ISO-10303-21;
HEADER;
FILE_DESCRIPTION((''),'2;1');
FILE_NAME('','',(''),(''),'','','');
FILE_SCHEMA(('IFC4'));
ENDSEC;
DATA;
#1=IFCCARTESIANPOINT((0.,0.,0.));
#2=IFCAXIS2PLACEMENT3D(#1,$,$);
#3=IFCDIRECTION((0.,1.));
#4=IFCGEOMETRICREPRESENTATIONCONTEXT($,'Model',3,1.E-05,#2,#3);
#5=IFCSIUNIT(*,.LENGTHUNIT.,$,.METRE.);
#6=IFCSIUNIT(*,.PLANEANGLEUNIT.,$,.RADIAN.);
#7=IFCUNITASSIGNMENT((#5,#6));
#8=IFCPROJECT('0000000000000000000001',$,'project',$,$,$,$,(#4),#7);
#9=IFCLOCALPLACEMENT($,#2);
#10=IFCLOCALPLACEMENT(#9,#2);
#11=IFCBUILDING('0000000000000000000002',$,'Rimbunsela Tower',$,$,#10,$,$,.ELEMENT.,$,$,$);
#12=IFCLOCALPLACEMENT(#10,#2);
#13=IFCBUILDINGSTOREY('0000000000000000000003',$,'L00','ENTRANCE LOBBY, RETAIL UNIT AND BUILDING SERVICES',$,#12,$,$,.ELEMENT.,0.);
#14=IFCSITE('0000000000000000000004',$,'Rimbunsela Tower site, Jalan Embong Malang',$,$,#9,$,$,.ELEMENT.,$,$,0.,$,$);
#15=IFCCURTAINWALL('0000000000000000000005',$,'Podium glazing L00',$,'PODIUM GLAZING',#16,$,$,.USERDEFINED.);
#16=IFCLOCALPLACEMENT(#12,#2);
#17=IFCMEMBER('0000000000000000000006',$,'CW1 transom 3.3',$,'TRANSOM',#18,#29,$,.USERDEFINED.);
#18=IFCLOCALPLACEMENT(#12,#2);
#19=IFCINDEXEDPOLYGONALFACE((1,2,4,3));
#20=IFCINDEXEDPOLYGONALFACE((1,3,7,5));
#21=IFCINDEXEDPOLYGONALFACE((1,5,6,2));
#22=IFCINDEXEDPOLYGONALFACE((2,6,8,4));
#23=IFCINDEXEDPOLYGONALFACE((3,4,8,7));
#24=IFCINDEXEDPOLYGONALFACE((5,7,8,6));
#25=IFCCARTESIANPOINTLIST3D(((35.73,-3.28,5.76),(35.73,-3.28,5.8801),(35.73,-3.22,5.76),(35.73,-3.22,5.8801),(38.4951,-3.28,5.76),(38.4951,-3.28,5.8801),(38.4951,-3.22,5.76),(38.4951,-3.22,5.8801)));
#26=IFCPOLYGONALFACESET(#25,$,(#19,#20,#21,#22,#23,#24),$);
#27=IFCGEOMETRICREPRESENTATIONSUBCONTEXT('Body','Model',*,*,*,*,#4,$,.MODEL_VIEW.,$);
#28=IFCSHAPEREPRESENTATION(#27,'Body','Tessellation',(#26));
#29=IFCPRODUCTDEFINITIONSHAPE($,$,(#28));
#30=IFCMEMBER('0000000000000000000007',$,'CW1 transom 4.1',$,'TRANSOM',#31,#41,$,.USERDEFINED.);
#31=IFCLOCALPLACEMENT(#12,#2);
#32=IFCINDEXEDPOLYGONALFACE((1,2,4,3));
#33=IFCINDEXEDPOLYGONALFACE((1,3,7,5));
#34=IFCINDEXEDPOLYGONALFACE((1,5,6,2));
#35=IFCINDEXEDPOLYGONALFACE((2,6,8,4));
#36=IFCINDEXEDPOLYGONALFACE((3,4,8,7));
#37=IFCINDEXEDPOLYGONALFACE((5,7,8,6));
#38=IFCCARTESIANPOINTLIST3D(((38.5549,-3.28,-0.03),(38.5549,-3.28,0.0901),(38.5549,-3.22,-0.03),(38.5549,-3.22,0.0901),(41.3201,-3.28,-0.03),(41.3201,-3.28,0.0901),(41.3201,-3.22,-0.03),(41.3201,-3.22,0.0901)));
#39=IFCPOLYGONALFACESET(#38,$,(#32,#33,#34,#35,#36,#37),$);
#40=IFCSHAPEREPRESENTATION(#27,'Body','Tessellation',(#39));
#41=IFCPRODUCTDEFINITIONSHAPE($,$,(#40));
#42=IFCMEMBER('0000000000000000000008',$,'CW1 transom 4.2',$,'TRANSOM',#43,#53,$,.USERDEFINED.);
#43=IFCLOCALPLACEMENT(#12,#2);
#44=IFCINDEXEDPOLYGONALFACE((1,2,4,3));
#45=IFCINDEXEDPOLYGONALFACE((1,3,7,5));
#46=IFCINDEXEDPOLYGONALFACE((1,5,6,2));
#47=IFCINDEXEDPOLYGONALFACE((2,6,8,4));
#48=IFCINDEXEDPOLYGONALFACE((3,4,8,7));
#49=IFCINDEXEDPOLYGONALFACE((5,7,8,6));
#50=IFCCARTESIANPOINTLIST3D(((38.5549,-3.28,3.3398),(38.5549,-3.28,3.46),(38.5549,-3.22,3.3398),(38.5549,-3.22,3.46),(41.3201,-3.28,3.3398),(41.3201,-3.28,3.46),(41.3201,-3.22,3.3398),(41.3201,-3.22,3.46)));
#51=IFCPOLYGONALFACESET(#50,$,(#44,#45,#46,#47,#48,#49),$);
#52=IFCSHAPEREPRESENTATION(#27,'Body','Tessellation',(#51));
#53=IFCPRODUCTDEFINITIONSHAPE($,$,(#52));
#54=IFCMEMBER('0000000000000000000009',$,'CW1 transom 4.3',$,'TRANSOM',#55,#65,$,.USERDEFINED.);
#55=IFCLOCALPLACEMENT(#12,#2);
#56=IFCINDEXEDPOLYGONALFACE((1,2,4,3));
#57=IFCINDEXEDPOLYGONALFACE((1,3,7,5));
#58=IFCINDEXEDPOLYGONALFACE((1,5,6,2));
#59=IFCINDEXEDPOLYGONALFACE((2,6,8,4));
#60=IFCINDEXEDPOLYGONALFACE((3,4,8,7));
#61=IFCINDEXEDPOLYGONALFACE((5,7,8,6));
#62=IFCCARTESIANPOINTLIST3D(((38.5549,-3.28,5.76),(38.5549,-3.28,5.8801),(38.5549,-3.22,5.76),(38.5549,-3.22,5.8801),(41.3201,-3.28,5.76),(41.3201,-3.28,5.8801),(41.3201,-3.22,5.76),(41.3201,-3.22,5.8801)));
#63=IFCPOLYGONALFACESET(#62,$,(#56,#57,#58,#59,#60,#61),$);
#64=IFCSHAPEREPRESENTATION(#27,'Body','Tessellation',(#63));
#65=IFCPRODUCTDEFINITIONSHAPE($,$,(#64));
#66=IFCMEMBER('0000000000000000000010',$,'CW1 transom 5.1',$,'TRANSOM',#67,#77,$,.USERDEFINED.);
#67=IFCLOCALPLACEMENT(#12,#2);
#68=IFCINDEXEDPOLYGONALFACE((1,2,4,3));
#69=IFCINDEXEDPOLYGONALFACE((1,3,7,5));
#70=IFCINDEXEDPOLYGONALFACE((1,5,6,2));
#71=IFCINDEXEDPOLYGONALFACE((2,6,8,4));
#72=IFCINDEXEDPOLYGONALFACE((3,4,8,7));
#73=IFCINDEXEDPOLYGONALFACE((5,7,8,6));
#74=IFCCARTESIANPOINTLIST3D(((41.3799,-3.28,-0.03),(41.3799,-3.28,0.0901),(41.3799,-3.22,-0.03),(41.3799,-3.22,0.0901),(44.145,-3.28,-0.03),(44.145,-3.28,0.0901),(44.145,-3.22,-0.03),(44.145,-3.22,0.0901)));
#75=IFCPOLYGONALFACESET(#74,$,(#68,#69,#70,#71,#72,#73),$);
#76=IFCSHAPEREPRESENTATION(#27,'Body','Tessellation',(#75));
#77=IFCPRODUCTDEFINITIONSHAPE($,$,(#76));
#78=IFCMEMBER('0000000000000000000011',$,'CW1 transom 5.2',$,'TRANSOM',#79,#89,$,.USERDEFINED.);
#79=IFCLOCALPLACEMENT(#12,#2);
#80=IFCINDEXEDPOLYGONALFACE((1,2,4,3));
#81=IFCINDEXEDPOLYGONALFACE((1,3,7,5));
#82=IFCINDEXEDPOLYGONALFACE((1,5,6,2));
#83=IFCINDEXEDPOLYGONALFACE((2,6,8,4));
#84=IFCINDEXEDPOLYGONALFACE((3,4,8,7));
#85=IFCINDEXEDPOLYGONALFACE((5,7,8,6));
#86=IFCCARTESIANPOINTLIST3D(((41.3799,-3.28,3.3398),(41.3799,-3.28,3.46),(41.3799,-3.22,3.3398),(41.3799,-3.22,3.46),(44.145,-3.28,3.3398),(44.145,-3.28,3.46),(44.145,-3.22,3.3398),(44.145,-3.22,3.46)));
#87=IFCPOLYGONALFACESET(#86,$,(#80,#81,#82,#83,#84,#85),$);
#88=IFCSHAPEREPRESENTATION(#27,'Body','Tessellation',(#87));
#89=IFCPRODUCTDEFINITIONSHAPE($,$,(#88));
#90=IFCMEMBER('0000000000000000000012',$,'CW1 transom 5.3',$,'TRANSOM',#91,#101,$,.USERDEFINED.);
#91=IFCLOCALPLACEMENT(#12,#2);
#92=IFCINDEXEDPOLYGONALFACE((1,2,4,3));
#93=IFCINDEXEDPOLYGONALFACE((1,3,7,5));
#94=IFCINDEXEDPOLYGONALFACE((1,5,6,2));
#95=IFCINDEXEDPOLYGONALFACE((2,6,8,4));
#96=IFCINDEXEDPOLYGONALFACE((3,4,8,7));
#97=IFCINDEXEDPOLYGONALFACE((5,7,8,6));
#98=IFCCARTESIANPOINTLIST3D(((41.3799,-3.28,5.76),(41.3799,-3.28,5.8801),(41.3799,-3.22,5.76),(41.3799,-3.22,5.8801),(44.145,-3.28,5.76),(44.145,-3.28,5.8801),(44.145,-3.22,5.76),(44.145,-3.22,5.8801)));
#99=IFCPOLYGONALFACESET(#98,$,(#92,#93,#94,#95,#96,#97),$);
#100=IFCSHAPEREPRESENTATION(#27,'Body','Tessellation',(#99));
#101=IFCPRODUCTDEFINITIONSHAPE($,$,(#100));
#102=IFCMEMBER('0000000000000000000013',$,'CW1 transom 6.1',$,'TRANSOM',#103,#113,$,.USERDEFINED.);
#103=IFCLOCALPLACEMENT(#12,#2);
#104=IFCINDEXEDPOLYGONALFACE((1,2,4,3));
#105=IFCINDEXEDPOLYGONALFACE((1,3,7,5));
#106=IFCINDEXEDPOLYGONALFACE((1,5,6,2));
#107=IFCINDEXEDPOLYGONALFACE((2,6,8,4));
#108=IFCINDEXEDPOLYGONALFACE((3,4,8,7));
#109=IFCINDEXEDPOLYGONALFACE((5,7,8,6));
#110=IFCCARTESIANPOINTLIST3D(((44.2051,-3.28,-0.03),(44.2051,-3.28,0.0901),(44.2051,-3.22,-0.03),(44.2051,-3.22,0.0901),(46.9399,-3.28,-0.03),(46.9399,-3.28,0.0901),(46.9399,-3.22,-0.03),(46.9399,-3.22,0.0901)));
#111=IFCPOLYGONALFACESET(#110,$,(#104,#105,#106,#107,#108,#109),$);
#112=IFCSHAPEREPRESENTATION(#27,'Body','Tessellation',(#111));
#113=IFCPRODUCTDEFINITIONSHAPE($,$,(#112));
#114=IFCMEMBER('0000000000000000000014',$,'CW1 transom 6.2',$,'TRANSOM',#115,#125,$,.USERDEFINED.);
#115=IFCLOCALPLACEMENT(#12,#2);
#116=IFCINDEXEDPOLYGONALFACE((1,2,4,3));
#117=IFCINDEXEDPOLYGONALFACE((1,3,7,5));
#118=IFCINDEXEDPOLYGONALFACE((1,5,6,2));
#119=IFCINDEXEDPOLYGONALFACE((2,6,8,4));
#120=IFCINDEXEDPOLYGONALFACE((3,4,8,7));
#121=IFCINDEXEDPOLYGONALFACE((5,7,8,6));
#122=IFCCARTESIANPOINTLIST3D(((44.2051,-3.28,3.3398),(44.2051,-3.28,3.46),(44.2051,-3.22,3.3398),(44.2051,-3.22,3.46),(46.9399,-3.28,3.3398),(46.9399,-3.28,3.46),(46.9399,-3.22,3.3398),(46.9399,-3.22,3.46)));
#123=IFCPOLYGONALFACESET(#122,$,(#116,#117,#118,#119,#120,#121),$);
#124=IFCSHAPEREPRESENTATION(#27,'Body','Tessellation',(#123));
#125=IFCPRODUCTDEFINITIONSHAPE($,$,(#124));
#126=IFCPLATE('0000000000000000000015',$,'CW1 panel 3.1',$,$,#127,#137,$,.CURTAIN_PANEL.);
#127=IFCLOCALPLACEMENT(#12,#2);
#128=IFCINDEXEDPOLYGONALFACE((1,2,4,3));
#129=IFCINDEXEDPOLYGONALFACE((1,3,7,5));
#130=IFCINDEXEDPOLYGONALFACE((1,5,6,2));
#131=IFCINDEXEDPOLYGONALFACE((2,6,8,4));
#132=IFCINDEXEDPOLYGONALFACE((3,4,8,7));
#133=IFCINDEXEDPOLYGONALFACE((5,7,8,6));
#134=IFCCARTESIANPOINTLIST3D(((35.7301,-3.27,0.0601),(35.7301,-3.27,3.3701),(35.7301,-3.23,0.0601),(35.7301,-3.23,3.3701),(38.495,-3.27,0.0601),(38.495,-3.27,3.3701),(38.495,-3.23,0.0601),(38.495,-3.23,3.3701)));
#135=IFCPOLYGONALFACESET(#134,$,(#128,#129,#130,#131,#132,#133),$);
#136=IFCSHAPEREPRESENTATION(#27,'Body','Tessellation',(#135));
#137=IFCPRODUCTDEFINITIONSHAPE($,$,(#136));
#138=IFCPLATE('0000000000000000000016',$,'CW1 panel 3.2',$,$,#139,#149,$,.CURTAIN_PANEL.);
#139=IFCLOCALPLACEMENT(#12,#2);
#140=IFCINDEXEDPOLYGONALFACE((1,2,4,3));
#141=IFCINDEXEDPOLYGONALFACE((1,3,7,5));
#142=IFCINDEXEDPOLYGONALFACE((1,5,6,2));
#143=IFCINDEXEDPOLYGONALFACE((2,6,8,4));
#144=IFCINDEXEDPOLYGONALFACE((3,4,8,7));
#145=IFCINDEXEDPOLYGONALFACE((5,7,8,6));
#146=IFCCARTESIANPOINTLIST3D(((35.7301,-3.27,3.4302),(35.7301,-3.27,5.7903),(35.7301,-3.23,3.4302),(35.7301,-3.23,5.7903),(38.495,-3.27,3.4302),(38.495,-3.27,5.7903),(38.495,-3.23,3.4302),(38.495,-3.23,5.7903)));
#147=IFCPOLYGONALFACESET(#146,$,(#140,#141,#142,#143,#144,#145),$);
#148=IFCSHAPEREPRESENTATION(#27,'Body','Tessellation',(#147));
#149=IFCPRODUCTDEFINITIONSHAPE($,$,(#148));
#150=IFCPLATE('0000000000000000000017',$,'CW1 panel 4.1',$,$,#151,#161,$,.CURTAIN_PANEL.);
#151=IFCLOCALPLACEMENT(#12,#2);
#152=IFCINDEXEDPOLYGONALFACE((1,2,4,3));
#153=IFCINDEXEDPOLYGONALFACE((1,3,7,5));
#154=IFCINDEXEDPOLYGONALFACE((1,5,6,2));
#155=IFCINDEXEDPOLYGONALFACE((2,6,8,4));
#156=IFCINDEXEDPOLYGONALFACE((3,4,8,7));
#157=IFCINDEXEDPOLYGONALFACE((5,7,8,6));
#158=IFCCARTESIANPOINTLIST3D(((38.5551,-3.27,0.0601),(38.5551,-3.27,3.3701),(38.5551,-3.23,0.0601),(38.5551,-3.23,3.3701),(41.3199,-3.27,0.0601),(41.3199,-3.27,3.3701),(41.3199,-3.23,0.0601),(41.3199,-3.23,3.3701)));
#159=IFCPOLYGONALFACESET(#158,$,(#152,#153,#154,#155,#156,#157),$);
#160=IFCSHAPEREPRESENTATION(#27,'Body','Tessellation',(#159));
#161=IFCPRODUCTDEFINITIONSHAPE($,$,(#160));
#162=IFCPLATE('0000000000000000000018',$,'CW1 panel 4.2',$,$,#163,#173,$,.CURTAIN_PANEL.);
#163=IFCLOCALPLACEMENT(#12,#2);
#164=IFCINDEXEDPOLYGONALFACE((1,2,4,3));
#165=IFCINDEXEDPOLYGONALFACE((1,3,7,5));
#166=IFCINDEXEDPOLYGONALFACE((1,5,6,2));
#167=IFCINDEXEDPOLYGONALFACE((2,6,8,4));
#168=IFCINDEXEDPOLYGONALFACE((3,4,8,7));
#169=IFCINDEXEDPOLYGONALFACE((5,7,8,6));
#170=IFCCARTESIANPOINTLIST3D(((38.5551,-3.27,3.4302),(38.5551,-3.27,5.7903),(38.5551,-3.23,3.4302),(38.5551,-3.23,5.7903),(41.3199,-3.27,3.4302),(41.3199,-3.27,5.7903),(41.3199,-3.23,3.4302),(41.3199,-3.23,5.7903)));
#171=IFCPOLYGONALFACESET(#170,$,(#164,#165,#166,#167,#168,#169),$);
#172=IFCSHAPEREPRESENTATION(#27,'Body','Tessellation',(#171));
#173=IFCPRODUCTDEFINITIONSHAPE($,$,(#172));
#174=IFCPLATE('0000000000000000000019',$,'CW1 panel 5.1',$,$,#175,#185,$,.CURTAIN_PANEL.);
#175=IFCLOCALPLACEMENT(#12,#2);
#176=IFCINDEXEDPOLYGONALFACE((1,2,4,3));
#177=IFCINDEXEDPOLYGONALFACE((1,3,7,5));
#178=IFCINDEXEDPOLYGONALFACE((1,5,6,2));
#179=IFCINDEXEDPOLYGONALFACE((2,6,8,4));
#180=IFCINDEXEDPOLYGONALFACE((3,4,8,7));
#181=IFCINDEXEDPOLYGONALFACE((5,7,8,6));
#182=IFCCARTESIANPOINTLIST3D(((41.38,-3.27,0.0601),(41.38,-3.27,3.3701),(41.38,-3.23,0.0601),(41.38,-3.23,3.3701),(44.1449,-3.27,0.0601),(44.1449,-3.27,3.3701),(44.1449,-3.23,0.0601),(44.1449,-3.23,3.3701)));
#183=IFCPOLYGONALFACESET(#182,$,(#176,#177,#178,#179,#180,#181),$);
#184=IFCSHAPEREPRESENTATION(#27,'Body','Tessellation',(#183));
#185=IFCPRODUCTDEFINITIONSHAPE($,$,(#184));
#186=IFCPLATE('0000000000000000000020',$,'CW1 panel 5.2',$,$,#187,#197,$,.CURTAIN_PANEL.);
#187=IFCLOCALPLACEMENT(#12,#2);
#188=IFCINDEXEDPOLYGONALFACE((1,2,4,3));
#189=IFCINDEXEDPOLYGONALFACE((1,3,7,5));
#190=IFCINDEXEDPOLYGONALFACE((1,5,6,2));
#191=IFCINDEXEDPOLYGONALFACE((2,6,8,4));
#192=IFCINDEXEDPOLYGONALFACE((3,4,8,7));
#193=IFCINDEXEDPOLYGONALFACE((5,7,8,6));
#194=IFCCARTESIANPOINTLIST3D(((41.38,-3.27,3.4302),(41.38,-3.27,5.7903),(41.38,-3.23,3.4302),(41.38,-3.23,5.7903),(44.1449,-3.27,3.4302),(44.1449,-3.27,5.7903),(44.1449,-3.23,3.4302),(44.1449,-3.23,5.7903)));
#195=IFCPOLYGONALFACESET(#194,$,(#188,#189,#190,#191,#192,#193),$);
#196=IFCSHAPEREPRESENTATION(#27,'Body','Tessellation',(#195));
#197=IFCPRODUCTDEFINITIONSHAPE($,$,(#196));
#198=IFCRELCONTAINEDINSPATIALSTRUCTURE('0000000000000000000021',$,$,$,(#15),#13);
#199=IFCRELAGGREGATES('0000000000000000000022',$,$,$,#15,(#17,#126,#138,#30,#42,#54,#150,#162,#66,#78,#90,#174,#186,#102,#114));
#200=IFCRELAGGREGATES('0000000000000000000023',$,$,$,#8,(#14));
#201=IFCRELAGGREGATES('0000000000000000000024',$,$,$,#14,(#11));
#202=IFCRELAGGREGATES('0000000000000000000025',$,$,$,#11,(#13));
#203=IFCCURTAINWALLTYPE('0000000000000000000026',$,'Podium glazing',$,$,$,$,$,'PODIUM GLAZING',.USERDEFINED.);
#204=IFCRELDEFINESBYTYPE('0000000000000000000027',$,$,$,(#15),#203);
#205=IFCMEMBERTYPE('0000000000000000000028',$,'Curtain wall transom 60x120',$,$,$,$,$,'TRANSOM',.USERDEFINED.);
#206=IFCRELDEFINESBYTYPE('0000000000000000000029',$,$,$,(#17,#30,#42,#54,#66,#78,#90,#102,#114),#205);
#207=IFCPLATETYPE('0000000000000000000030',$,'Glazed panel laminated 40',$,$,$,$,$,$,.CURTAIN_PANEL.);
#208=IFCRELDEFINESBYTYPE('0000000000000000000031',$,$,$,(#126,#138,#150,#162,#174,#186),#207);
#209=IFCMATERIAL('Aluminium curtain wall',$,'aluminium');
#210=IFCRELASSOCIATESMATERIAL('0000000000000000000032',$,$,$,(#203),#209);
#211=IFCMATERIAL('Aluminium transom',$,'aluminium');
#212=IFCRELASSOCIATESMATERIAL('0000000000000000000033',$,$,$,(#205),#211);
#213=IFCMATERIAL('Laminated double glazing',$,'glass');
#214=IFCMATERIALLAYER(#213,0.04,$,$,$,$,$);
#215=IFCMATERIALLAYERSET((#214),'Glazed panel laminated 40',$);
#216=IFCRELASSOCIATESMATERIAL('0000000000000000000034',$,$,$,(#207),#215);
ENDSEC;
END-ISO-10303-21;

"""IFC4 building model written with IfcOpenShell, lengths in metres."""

from ifc_helpers import new_model, si_unit, direction, frame, origin, origin_2d, place, context, subcontext, project, spatial, rectangle, extrude, material, layer, layer_set, material_profile, profile_set, type_object, element, aggregate, save


model = new_model("IFC4")

# Units and contexts
model_context = context("Model", 3, precision=1e-05, world=origin(), true_north=direction((0.0, 1.0)))
body_context = subcontext(model_context, "Body", "Model", "MODEL_VIEW")
ifc_project = project(units=[si_unit("LENGTHUNIT", "METRE"), si_unit("PLANEANGLEUNIT", "RADIAN")], contexts=[model_context])

# Site, building, storey
site_placement = place(None, origin())
site = spatial("IfcSite", under=ifc_project, at=site_placement, Name="Rimbunsela Tower site, Jalan Embong Malang", CompositionType="ELEMENT", RefElevation=0.0)
building_placement = place(site_placement, origin())
building = spatial("IfcBuilding", under=site, at=building_placement, Name="Rimbunsela Tower", CompositionType="ELEMENT")
storey_placement = place(building_placement, origin())
storey = spatial("IfcBuildingStorey", under=building, at=storey_placement, Name="L00", Description="ENTRANCE LOBBY, RETAIL UNIT AND BUILDING SERVICES", CompositionType="ELEMENT", Elevation=0.0)

# Curtain wall, members, plates
ifc_material_1 = material(Name="Aluminium curtain wall", Category="aluminium")
curtain_wall_type = type_object("IfcCurtainWallType", Name="Podium glazing", ElementType="PODIUM GLAZING", PredefinedType="USERDEFINED", material=ifc_material_1)
curtain_wall_placement = place(storey_placement, origin())
curtain_wall = element("IfcCurtainWall", 1, at=curtain_wall_placement, inside=storey, type_object=curtain_wall_type, Name="Podium glazing L00", ObjectType="PODIUM GLAZING", PredefinedType="USERDEFINED")
ifc_material_2 = material(Name="Aluminium transom", Category="aluminium")
ifc_material_profile_1 = material_profile(ifc_material_2, rectangle(XDim=0.0601, YDim=0.1201, at=origin_2d()), Name="Transom 60x120")
ifc_profile_set_1 = profile_set([ifc_material_profile_1], Name="Aluminium transom")
member_type_1 = type_object("IfcMemberType", Name="Curtain wall transom 60x120", ElementType="TRANSOM", PredefinedType="USERDEFINED", material=ifc_profile_set_1)
member_1_placement = place(storey_placement, frame((35.73, -3.25, 5.8201), z_axis=(1.0, 0.0, 0.0), x_axis=(0.0, 1.0, 0.0)))
member_1 = element("IfcMember", 2, at=member_1_placement, type_object=member_type_1, Name="CW1 transom 3.3", ObjectType="TRANSOM", PredefinedType="USERDEFINED", context=body_context, shape_type="SweptSolid", body=[
    extrude(rectangle(XDim=0.0601, YDim=0.1201, at=origin_2d()), origin(), (0.0, 0.0, 1.0), 2.7651),
])
member_2_placement = place(storey_placement, frame((38.5549, -3.25, 0.03), z_axis=(1.0, 0.0, 0.0), x_axis=(0.0, 1.0, 0.0)))
member_2 = element("IfcMember", 3, at=member_2_placement, type_object=member_type_1, Name="CW1 transom 4.1", ObjectType="TRANSOM", PredefinedType="USERDEFINED", context=body_context, shape_type="SweptSolid", body=[
    extrude(rectangle(XDim=0.0601, YDim=0.1201, at=origin_2d()), origin(), (0.0, 0.0, 1.0), 2.7651),
])
member_3_placement = place(storey_placement, frame((38.5549, -3.25, 3.3999), z_axis=(1.0, 0.0, 0.0), x_axis=(0.0, 1.0, 0.0)))
member_3 = element("IfcMember", 4, at=member_3_placement, type_object=member_type_1, Name="CW1 transom 4.2", ObjectType="TRANSOM", PredefinedType="USERDEFINED", context=body_context, shape_type="SweptSolid", body=[
    extrude(rectangle(XDim=0.0601, YDim=0.1201, at=origin_2d()), origin(), (0.0, 0.0, 1.0), 2.7651),
])
member_4_placement = place(storey_placement, frame((38.5549, -3.25, 5.8201), z_axis=(1.0, 0.0, 0.0), x_axis=(0.0, 1.0, 0.0)))
member_4 = element("IfcMember", 5, at=member_4_placement, type_object=member_type_1, Name="CW1 transom 4.3", ObjectType="TRANSOM", PredefinedType="USERDEFINED", context=body_context, shape_type="SweptSolid", body=[
    extrude(rectangle(XDim=0.0601, YDim=0.1201, at=origin_2d()), origin(), (0.0, 0.0, 1.0), 2.7651),
])
member_5_placement = place(storey_placement, frame((41.3799, -3.25, 0.03), z_axis=(1.0, 0.0, 0.0), x_axis=(0.0, 1.0, 0.0)))
member_5 = element("IfcMember", 6, at=member_5_placement, type_object=member_type_1, Name="CW1 transom 5.1", ObjectType="TRANSOM", PredefinedType="USERDEFINED", context=body_context, shape_type="SweptSolid", body=[
    extrude(rectangle(XDim=0.0601, YDim=0.1201, at=origin_2d()), origin(), (0.0, 0.0, 1.0), 2.7651),
])
member_6_placement = place(storey_placement, frame((41.3799, -3.25, 3.3999), z_axis=(1.0, 0.0, 0.0), x_axis=(0.0, 1.0, 0.0)))
member_6 = element("IfcMember", 7, at=member_6_placement, type_object=member_type_1, Name="CW1 transom 5.2", ObjectType="TRANSOM", PredefinedType="USERDEFINED", context=body_context, shape_type="SweptSolid", body=[
    extrude(rectangle(XDim=0.0601, YDim=0.1201, at=origin_2d()), origin(), (0.0, 0.0, 1.0), 2.7651),
])
member_7_placement = place(storey_placement, frame((41.3799, -3.25, 5.8201), z_axis=(1.0, 0.0, 0.0), x_axis=(0.0, 1.0, 0.0)))
member_7 = element("IfcMember", 8, at=member_7_placement, type_object=member_type_1, Name="CW1 transom 5.3", ObjectType="TRANSOM", PredefinedType="USERDEFINED", context=body_context, shape_type="SweptSolid", body=[
    extrude(rectangle(XDim=0.0601, YDim=0.1201, at=origin_2d()), origin(), (0.0, 0.0, 1.0), 2.7651),
])
member_8_placement = place(storey_placement, frame((44.2051, -3.25, 0.03), z_axis=(1.0, 0.0, 0.0), x_axis=(0.0, 1.0, 0.0)))
member_8 = element("IfcMember", 9, at=member_8_placement, type_object=member_type_1, Name="CW1 transom 6.1", ObjectType="TRANSOM", PredefinedType="USERDEFINED", context=body_context, shape_type="SweptSolid", body=[
    extrude(rectangle(XDim=0.0601, YDim=0.1201, at=origin_2d()), origin(), (0.0, 0.0, 1.0), 2.7349),
])
member_9_placement = place(storey_placement, frame((44.2051, -3.25, 3.3999), z_axis=(1.0, 0.0, 0.0), x_axis=(0.0, 1.0, 0.0)))
member_9 = element("IfcMember", 10, at=member_9_placement, type_object=member_type_1, Name="CW1 transom 6.2", ObjectType="TRANSOM", PredefinedType="USERDEFINED", context=body_context, shape_type="SweptSolid", body=[
    extrude(rectangle(XDim=0.0601, YDim=0.1201, at=origin_2d()), origin(), (0.0, 0.0, 1.0), 2.7349),
])
ifc_material_3 = material(Name="Laminated double glazing", Category="glass")
ifc_layer = layer(ifc_material_3, 0.04)
ifc_layer_set = layer_set([ifc_layer], Name="Glazed panel laminated 40")
plate_type = type_object("IfcPlateType", Name="Glazed panel laminated 40", PredefinedType="CURTAIN_PANEL", material=ifc_layer_set)
plate_1_placement = place(storey_placement, frame((37.1125, -3.25, 0.0601), z_axis=(0.0, 0.0, 1.0), x_axis=(1.0, 0.0, 0.0)))
plate_1 = element("IfcPlate", 11, at=plate_1_placement, type_object=plate_type, Name="CW1 panel 3.1", PredefinedType="CURTAIN_PANEL", context=body_context, shape_type="SweptSolid", body=[
    extrude(rectangle(XDim=2.7649, YDim=0.04, at=origin_2d()), origin(), (0.0, 0.0, 1.0), 3.3101),
])
plate_2_placement = place(storey_placement, frame((37.1125, -3.25, 3.4302), z_axis=(0.0, 0.0, 1.0), x_axis=(1.0, 0.0, 0.0)))
plate_2 = element("IfcPlate", 12, at=plate_2_placement, type_object=plate_type, Name="CW1 panel 3.2", PredefinedType="CURTAIN_PANEL", context=body_context, shape_type="SweptSolid", body=[
    extrude(rectangle(XDim=2.7649, YDim=0.04, at=origin_2d()), origin(), (0.0, 0.0, 1.0), 2.3601),
])
plate_3_placement = place(storey_placement, frame((39.9375, -3.25, 0.0601), z_axis=(0.0, 0.0, 1.0), x_axis=(1.0, 0.0, 0.0)))
plate_3 = element("IfcPlate", 13, at=plate_3_placement, type_object=plate_type, Name="CW1 panel 4.1", PredefinedType="CURTAIN_PANEL", context=body_context, shape_type="SweptSolid", body=[
    extrude(rectangle(XDim=2.7649, YDim=0.04, at=origin_2d()), origin(), (0.0, 0.0, 1.0), 3.3101),
])
plate_4_placement = place(storey_placement, frame((39.9375, -3.25, 3.4302), z_axis=(0.0, 0.0, 1.0), x_axis=(1.0, 0.0, 0.0)))
plate_4 = element("IfcPlate", 14, at=plate_4_placement, type_object=plate_type, Name="CW1 panel 4.2", PredefinedType="CURTAIN_PANEL", context=body_context, shape_type="SweptSolid", body=[
    extrude(rectangle(XDim=2.7649, YDim=0.04, at=origin_2d()), origin(), (0.0, 0.0, 1.0), 2.3601),
])
plate_5_placement = place(storey_placement, frame((42.7625, -3.25, 0.0601), z_axis=(0.0, 0.0, 1.0), x_axis=(1.0, 0.0, 0.0)))
plate_5 = element("IfcPlate", 15, at=plate_5_placement, type_object=plate_type, Name="CW1 panel 5.1", PredefinedType="CURTAIN_PANEL", context=body_context, shape_type="SweptSolid", body=[
    extrude(rectangle(XDim=2.7649, YDim=0.04, at=origin_2d()), origin(), (0.0, 0.0, 1.0), 3.3101),
])
plate_6_placement = place(storey_placement, frame((42.7625, -3.25, 3.4302), z_axis=(0.0, 0.0, 1.0), x_axis=(1.0, 0.0, 0.0)))
plate_6 = element("IfcPlate", 16, at=plate_6_placement, type_object=plate_type, Name="CW1 panel 5.2", PredefinedType="CURTAIN_PANEL", context=body_context, shape_type="SweptSolid", body=[
    extrude(rectangle(XDim=2.7649, YDim=0.04, at=origin_2d()), origin(), (0.0, 0.0, 1.0), 2.3601),
])
aggregate(curtain_wall, [member_1, plate_1, plate_2, member_2, member_3, member_4, plate_3, plate_4, member_5, member_6, member_7, plate_5, plate_6, member_8, member_9])

save(model, "model.ifc")
